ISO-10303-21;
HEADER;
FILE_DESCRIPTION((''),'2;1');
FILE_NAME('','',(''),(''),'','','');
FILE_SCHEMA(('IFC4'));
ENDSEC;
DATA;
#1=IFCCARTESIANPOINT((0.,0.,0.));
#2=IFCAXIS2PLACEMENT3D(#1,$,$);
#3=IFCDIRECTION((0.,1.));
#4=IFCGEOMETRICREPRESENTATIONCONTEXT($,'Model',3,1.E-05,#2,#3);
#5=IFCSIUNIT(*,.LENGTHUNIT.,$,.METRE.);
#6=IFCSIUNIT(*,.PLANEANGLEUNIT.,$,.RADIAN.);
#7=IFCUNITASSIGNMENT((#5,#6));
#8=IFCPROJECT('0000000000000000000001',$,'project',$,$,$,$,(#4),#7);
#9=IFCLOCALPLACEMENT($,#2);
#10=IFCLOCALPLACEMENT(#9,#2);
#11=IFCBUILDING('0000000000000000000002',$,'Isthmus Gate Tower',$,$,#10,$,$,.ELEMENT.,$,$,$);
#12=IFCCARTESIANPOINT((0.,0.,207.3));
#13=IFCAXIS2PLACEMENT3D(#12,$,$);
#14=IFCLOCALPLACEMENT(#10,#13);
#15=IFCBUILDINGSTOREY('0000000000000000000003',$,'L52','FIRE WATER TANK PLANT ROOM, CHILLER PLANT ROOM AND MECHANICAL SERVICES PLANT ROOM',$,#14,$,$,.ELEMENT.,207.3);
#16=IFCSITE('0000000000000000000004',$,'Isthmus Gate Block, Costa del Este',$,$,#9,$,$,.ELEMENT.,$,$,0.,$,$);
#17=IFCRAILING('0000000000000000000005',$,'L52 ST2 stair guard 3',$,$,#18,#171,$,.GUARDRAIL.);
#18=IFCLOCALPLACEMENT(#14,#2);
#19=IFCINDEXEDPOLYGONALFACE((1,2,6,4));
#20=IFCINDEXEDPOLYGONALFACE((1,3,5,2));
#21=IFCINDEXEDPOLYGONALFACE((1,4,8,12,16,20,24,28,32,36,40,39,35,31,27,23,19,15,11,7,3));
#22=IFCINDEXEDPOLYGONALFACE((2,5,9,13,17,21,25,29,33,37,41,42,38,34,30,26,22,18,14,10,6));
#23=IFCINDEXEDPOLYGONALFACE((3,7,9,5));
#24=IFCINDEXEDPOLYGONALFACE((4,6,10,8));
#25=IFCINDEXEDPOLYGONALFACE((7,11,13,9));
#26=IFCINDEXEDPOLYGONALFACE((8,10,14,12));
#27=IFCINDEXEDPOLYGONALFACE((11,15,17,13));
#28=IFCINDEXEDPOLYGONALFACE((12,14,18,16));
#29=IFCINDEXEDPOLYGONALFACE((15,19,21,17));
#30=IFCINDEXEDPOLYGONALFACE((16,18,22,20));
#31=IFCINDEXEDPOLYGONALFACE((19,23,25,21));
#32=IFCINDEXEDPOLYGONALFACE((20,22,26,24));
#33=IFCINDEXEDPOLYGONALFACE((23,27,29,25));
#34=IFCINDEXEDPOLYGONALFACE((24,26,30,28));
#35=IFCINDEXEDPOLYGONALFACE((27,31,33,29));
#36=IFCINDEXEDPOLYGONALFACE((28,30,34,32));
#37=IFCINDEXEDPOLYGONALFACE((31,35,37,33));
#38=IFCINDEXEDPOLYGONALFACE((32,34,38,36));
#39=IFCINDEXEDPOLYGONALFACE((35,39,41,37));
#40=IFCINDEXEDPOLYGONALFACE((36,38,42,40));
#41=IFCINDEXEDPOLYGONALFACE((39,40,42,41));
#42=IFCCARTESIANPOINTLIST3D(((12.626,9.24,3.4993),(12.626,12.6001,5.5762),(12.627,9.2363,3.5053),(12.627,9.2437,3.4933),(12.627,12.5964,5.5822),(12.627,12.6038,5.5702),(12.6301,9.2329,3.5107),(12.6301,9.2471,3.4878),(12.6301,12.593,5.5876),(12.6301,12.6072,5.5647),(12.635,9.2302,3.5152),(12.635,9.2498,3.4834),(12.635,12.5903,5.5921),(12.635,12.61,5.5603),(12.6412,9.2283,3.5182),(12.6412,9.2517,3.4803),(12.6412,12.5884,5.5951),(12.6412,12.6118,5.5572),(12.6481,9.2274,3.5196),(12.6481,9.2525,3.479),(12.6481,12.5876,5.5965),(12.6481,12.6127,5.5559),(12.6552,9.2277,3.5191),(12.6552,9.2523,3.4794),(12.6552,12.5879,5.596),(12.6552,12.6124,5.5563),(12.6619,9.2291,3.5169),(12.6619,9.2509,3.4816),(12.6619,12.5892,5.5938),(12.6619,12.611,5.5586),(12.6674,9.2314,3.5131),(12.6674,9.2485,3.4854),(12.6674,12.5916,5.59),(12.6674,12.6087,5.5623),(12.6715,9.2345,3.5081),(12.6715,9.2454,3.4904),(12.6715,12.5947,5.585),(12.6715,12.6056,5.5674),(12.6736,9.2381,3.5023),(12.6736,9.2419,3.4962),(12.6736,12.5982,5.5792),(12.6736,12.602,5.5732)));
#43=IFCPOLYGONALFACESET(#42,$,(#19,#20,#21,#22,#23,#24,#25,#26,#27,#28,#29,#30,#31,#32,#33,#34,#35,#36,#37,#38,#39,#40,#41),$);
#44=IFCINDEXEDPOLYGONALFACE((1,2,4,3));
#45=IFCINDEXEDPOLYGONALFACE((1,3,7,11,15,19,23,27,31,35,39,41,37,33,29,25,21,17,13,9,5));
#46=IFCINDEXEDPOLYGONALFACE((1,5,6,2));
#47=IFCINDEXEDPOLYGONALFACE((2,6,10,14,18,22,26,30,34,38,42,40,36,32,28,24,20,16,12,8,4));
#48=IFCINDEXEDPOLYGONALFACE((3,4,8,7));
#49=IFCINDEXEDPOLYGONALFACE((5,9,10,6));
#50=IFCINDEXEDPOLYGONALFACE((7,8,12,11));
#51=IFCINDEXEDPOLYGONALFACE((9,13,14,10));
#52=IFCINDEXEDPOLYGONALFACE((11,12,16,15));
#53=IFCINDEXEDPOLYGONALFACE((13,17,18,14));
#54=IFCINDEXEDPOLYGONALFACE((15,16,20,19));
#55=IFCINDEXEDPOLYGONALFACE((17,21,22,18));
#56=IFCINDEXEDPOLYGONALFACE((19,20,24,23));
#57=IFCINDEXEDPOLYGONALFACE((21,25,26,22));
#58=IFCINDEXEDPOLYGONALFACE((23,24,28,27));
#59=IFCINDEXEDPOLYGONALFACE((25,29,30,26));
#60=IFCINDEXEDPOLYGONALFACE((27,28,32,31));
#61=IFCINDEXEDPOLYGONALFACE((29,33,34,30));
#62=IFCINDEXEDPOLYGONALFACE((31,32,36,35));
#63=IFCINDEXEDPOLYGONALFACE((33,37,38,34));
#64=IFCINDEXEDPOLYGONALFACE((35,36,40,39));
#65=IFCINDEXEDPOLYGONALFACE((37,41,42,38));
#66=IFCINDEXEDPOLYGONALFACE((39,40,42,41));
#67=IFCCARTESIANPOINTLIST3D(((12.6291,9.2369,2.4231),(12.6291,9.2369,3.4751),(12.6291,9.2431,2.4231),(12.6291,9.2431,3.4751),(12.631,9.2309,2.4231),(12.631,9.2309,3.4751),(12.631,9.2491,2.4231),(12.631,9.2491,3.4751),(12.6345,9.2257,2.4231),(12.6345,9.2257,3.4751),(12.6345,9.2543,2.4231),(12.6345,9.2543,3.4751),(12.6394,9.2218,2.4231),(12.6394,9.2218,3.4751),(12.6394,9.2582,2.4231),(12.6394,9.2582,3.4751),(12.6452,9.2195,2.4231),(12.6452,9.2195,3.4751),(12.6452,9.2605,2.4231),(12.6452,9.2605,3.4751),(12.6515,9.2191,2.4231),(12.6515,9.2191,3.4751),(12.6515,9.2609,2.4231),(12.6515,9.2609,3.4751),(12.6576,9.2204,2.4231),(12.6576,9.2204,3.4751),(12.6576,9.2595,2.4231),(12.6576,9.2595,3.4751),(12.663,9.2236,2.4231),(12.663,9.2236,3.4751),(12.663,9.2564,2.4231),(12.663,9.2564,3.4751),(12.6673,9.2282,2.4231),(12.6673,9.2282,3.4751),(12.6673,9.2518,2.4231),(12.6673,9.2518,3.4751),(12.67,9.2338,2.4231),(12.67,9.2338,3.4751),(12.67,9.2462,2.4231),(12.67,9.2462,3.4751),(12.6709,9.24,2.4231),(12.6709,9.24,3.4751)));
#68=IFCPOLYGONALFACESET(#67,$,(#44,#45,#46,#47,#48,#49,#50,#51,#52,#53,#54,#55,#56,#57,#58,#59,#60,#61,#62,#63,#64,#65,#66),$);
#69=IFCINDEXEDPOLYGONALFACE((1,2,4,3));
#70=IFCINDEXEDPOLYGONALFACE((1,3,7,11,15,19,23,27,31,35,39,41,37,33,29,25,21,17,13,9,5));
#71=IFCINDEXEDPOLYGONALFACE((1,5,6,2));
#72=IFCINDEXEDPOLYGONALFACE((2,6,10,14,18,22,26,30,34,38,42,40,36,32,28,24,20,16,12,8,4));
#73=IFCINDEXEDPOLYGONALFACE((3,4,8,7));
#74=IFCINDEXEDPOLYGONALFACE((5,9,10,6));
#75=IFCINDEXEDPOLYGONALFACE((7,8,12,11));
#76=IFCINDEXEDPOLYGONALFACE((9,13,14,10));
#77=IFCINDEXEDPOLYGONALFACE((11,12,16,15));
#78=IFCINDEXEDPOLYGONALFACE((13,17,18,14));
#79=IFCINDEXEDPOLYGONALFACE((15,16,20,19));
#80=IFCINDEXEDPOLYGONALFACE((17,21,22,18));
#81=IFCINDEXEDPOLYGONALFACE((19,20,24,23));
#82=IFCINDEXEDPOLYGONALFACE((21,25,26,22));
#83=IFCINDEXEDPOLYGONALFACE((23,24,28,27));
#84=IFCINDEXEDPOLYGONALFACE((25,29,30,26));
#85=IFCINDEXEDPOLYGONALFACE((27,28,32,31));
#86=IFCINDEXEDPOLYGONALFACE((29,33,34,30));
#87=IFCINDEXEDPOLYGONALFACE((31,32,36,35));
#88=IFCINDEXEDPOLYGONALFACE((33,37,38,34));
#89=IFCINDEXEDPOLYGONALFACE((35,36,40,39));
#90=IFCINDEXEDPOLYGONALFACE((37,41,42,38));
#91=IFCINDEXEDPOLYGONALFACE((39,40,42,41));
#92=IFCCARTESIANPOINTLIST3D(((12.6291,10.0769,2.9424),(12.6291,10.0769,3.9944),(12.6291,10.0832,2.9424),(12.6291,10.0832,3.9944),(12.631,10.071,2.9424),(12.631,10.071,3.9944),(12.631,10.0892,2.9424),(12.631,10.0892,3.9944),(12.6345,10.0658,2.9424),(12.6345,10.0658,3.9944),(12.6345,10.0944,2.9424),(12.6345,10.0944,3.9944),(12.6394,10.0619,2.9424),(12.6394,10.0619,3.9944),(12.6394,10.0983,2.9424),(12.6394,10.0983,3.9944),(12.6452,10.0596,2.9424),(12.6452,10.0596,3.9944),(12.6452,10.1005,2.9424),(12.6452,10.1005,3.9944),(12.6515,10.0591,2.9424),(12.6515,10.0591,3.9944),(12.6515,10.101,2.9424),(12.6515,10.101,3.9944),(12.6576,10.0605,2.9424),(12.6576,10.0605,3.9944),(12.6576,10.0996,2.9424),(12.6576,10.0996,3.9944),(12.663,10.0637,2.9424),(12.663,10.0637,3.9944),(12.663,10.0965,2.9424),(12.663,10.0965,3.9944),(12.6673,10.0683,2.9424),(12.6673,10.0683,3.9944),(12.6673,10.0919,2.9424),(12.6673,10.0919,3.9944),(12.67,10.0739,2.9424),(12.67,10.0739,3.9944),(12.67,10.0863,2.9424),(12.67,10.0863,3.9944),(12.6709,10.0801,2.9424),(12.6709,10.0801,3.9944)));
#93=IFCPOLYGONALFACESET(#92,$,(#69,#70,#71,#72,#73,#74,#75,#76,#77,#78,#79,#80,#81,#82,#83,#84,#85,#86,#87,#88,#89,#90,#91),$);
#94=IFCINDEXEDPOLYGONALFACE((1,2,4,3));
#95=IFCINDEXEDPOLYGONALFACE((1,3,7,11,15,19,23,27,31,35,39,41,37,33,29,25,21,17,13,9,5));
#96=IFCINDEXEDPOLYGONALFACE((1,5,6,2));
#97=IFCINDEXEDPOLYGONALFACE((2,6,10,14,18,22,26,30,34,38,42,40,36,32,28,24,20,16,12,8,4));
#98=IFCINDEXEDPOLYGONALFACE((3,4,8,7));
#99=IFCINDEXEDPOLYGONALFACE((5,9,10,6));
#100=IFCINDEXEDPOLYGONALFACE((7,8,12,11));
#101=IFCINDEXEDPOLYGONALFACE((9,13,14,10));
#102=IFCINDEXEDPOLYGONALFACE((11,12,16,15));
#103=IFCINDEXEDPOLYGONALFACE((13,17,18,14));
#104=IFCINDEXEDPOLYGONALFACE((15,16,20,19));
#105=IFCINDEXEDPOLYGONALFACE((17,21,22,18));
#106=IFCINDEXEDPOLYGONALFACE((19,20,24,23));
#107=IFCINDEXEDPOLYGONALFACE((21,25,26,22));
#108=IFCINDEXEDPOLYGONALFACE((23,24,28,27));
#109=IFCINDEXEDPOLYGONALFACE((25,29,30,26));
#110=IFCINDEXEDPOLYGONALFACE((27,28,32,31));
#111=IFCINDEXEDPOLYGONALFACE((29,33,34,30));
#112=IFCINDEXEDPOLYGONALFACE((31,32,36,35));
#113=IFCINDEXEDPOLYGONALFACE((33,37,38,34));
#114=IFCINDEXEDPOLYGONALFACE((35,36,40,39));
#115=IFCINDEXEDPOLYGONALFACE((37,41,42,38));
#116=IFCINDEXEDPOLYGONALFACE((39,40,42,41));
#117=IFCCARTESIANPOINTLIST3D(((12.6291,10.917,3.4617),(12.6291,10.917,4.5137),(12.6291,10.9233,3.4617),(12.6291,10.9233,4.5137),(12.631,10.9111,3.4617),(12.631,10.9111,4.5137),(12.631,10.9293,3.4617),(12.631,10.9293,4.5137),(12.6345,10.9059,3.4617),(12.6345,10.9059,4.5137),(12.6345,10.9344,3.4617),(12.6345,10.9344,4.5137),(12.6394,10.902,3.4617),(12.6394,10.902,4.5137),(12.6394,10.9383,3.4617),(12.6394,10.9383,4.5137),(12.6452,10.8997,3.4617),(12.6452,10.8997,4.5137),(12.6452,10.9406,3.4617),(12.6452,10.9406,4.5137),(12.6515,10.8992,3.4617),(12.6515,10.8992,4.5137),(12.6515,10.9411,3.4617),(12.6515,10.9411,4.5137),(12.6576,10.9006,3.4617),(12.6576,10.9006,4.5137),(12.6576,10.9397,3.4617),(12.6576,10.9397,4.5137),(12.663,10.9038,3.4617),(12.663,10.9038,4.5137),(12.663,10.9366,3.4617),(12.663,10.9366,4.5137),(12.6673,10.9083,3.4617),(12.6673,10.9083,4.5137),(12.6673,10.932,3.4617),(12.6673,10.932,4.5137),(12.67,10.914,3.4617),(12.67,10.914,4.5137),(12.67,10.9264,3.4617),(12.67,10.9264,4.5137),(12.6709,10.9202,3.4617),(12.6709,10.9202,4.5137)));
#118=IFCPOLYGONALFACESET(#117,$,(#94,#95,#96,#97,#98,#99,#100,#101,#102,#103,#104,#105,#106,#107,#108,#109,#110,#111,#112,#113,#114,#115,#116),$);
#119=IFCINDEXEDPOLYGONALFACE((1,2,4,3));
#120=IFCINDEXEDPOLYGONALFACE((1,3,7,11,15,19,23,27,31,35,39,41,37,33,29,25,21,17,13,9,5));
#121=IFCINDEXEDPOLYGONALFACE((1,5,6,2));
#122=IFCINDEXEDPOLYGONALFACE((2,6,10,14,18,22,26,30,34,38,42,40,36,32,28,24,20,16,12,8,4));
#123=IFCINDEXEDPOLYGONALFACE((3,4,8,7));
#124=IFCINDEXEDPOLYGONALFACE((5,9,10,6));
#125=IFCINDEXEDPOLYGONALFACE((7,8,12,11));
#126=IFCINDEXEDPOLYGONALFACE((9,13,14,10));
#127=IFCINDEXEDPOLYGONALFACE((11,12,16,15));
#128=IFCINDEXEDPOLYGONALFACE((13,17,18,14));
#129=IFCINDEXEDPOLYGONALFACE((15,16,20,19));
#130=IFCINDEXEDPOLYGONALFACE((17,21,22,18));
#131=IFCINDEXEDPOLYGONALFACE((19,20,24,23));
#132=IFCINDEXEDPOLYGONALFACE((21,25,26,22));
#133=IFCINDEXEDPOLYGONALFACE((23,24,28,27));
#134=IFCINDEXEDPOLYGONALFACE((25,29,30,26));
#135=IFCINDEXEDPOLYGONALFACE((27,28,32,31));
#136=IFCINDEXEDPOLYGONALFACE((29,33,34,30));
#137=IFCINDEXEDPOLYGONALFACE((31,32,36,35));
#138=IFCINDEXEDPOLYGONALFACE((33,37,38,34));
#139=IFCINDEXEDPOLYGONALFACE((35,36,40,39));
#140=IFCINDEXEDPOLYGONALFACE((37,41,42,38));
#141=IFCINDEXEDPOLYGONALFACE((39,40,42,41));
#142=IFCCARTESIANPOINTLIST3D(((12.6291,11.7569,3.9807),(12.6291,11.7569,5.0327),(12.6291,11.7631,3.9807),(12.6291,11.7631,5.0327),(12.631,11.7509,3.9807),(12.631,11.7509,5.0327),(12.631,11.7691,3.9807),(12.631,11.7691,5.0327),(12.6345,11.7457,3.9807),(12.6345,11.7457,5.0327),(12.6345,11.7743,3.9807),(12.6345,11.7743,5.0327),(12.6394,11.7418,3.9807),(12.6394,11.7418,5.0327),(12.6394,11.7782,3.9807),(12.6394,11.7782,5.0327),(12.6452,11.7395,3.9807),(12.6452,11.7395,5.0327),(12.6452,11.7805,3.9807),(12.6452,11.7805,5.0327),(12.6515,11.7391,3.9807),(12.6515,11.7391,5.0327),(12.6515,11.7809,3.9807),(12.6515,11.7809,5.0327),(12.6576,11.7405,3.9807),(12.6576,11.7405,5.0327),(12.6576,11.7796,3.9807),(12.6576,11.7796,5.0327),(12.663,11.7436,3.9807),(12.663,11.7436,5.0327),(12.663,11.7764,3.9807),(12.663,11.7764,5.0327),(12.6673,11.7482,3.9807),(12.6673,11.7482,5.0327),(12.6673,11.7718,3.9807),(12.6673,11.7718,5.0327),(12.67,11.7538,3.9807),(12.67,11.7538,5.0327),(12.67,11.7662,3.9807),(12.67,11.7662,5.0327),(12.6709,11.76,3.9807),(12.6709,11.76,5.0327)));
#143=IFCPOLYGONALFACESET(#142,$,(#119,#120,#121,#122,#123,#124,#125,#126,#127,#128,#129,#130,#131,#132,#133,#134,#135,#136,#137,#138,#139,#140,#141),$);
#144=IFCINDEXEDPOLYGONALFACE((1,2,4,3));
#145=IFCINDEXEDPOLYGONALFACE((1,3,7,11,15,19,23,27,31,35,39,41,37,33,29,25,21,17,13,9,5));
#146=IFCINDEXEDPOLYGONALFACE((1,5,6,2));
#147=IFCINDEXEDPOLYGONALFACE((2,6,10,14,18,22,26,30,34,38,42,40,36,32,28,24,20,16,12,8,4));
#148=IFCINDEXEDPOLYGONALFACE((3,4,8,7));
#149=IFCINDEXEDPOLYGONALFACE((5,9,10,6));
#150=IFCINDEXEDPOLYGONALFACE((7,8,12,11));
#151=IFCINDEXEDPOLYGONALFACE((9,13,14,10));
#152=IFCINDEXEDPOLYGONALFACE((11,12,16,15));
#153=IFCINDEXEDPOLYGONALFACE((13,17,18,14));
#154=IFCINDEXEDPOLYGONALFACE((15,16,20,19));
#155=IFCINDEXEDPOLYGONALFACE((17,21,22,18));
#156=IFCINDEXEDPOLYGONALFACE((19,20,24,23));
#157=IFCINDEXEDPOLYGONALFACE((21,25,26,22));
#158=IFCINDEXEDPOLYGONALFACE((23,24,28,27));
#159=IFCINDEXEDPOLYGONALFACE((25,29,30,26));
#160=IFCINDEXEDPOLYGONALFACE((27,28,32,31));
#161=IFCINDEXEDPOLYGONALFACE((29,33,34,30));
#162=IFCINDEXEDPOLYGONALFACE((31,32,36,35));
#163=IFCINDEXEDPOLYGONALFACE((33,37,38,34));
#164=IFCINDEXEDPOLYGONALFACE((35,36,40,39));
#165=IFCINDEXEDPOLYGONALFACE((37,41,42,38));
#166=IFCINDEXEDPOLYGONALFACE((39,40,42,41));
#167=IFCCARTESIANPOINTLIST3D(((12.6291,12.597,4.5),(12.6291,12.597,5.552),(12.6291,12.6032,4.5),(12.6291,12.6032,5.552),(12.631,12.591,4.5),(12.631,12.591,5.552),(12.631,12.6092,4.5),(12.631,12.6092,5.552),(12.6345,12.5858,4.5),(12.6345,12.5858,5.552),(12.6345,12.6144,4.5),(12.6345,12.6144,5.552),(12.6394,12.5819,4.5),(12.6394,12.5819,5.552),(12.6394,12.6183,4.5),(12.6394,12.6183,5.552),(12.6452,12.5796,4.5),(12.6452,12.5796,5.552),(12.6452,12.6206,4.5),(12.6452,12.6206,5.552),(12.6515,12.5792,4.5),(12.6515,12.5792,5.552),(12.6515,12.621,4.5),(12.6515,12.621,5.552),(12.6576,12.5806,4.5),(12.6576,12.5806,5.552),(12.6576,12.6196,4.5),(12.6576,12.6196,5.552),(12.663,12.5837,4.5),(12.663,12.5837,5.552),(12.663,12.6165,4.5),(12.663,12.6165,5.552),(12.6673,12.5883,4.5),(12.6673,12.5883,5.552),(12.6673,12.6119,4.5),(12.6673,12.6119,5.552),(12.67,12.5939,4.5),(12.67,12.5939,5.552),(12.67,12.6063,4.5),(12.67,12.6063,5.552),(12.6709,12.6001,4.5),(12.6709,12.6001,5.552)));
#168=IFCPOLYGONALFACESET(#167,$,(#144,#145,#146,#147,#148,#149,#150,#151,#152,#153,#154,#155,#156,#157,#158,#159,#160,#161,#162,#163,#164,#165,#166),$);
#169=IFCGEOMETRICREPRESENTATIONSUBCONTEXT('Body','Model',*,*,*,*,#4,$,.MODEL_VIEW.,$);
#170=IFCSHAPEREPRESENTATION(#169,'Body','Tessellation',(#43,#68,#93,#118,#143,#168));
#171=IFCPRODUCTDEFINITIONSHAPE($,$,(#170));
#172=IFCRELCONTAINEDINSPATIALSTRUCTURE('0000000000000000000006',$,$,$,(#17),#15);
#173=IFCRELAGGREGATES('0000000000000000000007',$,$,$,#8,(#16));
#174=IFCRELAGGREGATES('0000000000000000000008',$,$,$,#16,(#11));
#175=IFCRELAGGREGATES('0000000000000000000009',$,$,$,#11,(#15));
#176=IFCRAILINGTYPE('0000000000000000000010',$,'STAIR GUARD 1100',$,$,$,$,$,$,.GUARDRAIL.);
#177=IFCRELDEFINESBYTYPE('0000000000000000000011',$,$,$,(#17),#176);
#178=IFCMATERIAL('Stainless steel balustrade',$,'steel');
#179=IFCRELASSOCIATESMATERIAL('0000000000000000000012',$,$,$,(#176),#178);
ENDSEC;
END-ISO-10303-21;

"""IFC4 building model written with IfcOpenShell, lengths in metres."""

from ifc_helpers import new_model, si_unit, direction, frame, origin, origin_2d, place, context, subcontext, project, spatial, circle, extrude, material, type_object, element, save


model = new_model("IFC4")

# Units and contexts
model_context = context("Model", 3, precision=1e-05, world=origin(), true_north=direction((0.0, 1.0)))
body_context = subcontext(model_context, "Body", "Model", "MODEL_VIEW")
ifc_project = project(units=[si_unit("LENGTHUNIT", "METRE"), si_unit("PLANEANGLEUNIT", "RADIAN")], contexts=[model_context])

# Site, building, storey
site_placement = place(None, origin())
site = spatial("IfcSite", under=ifc_project, at=site_placement, Name="Isthmus Gate Block, Costa del Este", CompositionType="ELEMENT", RefElevation=0.0)
building_placement = place(site_placement, origin())
building = spatial("IfcBuilding", under=site, at=building_placement, Name="Isthmus Gate Tower", CompositionType="ELEMENT")
storey_placement = place(building_placement, frame((0.0, 0.0, 207.3)))
storey = spatial("IfcBuildingStorey", under=building, at=storey_placement, Name="L52", Description="FIRE WATER TANK PLANT ROOM, CHILLER PLANT ROOM AND MECHANICAL SERVICES PLANT ROOM", CompositionType="ELEMENT", Elevation=207.3)

# Railing
ifc_material_1 = material(Name="Stainless steel balustrade", Category="steel")
railing_type_1 = type_object("IfcRailingType", Name="STAIR GUARD 1100", PredefinedType="GUARDRAIL", material=ifc_material_1)
for number, where, name in (
    (1, (12.6499, 9.24, 2.4231), "L52 ST2 stair guard 3"),
):
    element("IfcRailing", number, at=place(storey_placement, frame(where)), inside=storey, type_object=railing_type_1, Name=name, PredefinedType="GUARDRAIL", context=body_context, shape_type="SweptSolid", body=[
        extrude(circle(Radius=0.0239, at=origin_2d()), frame((0.0, 0.0, 1.0762), z_axis=(0.0, 0.850623, 0.525776), x_axis=(-1.0, 0.0, 0.0)), (0.0, 0.0, 1.0), 3.9502),
        extrude(circle(Radius=0.021, at=origin_2d()), origin(), (0.0, 0.0, 1.0), 1.052),
        extrude(circle(Radius=0.021, at=origin_2d()), frame((0.0, 0.8401, 0.5193)), (0.0, 0.0, 1.0), 1.052),
        extrude(circle(Radius=0.021, at=origin_2d()), frame((0.0, 1.6802, 1.0386)), (0.0, 0.0, 1.0), 1.052),
        extrude(circle(Radius=0.021, at=origin_2d()), frame((0.0, 2.52, 1.5576)), (0.0, 0.0, 1.0), 1.052),
        extrude(circle(Radius=0.021, at=origin_2d()), frame((0.0, 3.3601, 2.0769)), (0.0, 0.0, 1.0), 1.052),
    ])

save(model, "model.ifc")
